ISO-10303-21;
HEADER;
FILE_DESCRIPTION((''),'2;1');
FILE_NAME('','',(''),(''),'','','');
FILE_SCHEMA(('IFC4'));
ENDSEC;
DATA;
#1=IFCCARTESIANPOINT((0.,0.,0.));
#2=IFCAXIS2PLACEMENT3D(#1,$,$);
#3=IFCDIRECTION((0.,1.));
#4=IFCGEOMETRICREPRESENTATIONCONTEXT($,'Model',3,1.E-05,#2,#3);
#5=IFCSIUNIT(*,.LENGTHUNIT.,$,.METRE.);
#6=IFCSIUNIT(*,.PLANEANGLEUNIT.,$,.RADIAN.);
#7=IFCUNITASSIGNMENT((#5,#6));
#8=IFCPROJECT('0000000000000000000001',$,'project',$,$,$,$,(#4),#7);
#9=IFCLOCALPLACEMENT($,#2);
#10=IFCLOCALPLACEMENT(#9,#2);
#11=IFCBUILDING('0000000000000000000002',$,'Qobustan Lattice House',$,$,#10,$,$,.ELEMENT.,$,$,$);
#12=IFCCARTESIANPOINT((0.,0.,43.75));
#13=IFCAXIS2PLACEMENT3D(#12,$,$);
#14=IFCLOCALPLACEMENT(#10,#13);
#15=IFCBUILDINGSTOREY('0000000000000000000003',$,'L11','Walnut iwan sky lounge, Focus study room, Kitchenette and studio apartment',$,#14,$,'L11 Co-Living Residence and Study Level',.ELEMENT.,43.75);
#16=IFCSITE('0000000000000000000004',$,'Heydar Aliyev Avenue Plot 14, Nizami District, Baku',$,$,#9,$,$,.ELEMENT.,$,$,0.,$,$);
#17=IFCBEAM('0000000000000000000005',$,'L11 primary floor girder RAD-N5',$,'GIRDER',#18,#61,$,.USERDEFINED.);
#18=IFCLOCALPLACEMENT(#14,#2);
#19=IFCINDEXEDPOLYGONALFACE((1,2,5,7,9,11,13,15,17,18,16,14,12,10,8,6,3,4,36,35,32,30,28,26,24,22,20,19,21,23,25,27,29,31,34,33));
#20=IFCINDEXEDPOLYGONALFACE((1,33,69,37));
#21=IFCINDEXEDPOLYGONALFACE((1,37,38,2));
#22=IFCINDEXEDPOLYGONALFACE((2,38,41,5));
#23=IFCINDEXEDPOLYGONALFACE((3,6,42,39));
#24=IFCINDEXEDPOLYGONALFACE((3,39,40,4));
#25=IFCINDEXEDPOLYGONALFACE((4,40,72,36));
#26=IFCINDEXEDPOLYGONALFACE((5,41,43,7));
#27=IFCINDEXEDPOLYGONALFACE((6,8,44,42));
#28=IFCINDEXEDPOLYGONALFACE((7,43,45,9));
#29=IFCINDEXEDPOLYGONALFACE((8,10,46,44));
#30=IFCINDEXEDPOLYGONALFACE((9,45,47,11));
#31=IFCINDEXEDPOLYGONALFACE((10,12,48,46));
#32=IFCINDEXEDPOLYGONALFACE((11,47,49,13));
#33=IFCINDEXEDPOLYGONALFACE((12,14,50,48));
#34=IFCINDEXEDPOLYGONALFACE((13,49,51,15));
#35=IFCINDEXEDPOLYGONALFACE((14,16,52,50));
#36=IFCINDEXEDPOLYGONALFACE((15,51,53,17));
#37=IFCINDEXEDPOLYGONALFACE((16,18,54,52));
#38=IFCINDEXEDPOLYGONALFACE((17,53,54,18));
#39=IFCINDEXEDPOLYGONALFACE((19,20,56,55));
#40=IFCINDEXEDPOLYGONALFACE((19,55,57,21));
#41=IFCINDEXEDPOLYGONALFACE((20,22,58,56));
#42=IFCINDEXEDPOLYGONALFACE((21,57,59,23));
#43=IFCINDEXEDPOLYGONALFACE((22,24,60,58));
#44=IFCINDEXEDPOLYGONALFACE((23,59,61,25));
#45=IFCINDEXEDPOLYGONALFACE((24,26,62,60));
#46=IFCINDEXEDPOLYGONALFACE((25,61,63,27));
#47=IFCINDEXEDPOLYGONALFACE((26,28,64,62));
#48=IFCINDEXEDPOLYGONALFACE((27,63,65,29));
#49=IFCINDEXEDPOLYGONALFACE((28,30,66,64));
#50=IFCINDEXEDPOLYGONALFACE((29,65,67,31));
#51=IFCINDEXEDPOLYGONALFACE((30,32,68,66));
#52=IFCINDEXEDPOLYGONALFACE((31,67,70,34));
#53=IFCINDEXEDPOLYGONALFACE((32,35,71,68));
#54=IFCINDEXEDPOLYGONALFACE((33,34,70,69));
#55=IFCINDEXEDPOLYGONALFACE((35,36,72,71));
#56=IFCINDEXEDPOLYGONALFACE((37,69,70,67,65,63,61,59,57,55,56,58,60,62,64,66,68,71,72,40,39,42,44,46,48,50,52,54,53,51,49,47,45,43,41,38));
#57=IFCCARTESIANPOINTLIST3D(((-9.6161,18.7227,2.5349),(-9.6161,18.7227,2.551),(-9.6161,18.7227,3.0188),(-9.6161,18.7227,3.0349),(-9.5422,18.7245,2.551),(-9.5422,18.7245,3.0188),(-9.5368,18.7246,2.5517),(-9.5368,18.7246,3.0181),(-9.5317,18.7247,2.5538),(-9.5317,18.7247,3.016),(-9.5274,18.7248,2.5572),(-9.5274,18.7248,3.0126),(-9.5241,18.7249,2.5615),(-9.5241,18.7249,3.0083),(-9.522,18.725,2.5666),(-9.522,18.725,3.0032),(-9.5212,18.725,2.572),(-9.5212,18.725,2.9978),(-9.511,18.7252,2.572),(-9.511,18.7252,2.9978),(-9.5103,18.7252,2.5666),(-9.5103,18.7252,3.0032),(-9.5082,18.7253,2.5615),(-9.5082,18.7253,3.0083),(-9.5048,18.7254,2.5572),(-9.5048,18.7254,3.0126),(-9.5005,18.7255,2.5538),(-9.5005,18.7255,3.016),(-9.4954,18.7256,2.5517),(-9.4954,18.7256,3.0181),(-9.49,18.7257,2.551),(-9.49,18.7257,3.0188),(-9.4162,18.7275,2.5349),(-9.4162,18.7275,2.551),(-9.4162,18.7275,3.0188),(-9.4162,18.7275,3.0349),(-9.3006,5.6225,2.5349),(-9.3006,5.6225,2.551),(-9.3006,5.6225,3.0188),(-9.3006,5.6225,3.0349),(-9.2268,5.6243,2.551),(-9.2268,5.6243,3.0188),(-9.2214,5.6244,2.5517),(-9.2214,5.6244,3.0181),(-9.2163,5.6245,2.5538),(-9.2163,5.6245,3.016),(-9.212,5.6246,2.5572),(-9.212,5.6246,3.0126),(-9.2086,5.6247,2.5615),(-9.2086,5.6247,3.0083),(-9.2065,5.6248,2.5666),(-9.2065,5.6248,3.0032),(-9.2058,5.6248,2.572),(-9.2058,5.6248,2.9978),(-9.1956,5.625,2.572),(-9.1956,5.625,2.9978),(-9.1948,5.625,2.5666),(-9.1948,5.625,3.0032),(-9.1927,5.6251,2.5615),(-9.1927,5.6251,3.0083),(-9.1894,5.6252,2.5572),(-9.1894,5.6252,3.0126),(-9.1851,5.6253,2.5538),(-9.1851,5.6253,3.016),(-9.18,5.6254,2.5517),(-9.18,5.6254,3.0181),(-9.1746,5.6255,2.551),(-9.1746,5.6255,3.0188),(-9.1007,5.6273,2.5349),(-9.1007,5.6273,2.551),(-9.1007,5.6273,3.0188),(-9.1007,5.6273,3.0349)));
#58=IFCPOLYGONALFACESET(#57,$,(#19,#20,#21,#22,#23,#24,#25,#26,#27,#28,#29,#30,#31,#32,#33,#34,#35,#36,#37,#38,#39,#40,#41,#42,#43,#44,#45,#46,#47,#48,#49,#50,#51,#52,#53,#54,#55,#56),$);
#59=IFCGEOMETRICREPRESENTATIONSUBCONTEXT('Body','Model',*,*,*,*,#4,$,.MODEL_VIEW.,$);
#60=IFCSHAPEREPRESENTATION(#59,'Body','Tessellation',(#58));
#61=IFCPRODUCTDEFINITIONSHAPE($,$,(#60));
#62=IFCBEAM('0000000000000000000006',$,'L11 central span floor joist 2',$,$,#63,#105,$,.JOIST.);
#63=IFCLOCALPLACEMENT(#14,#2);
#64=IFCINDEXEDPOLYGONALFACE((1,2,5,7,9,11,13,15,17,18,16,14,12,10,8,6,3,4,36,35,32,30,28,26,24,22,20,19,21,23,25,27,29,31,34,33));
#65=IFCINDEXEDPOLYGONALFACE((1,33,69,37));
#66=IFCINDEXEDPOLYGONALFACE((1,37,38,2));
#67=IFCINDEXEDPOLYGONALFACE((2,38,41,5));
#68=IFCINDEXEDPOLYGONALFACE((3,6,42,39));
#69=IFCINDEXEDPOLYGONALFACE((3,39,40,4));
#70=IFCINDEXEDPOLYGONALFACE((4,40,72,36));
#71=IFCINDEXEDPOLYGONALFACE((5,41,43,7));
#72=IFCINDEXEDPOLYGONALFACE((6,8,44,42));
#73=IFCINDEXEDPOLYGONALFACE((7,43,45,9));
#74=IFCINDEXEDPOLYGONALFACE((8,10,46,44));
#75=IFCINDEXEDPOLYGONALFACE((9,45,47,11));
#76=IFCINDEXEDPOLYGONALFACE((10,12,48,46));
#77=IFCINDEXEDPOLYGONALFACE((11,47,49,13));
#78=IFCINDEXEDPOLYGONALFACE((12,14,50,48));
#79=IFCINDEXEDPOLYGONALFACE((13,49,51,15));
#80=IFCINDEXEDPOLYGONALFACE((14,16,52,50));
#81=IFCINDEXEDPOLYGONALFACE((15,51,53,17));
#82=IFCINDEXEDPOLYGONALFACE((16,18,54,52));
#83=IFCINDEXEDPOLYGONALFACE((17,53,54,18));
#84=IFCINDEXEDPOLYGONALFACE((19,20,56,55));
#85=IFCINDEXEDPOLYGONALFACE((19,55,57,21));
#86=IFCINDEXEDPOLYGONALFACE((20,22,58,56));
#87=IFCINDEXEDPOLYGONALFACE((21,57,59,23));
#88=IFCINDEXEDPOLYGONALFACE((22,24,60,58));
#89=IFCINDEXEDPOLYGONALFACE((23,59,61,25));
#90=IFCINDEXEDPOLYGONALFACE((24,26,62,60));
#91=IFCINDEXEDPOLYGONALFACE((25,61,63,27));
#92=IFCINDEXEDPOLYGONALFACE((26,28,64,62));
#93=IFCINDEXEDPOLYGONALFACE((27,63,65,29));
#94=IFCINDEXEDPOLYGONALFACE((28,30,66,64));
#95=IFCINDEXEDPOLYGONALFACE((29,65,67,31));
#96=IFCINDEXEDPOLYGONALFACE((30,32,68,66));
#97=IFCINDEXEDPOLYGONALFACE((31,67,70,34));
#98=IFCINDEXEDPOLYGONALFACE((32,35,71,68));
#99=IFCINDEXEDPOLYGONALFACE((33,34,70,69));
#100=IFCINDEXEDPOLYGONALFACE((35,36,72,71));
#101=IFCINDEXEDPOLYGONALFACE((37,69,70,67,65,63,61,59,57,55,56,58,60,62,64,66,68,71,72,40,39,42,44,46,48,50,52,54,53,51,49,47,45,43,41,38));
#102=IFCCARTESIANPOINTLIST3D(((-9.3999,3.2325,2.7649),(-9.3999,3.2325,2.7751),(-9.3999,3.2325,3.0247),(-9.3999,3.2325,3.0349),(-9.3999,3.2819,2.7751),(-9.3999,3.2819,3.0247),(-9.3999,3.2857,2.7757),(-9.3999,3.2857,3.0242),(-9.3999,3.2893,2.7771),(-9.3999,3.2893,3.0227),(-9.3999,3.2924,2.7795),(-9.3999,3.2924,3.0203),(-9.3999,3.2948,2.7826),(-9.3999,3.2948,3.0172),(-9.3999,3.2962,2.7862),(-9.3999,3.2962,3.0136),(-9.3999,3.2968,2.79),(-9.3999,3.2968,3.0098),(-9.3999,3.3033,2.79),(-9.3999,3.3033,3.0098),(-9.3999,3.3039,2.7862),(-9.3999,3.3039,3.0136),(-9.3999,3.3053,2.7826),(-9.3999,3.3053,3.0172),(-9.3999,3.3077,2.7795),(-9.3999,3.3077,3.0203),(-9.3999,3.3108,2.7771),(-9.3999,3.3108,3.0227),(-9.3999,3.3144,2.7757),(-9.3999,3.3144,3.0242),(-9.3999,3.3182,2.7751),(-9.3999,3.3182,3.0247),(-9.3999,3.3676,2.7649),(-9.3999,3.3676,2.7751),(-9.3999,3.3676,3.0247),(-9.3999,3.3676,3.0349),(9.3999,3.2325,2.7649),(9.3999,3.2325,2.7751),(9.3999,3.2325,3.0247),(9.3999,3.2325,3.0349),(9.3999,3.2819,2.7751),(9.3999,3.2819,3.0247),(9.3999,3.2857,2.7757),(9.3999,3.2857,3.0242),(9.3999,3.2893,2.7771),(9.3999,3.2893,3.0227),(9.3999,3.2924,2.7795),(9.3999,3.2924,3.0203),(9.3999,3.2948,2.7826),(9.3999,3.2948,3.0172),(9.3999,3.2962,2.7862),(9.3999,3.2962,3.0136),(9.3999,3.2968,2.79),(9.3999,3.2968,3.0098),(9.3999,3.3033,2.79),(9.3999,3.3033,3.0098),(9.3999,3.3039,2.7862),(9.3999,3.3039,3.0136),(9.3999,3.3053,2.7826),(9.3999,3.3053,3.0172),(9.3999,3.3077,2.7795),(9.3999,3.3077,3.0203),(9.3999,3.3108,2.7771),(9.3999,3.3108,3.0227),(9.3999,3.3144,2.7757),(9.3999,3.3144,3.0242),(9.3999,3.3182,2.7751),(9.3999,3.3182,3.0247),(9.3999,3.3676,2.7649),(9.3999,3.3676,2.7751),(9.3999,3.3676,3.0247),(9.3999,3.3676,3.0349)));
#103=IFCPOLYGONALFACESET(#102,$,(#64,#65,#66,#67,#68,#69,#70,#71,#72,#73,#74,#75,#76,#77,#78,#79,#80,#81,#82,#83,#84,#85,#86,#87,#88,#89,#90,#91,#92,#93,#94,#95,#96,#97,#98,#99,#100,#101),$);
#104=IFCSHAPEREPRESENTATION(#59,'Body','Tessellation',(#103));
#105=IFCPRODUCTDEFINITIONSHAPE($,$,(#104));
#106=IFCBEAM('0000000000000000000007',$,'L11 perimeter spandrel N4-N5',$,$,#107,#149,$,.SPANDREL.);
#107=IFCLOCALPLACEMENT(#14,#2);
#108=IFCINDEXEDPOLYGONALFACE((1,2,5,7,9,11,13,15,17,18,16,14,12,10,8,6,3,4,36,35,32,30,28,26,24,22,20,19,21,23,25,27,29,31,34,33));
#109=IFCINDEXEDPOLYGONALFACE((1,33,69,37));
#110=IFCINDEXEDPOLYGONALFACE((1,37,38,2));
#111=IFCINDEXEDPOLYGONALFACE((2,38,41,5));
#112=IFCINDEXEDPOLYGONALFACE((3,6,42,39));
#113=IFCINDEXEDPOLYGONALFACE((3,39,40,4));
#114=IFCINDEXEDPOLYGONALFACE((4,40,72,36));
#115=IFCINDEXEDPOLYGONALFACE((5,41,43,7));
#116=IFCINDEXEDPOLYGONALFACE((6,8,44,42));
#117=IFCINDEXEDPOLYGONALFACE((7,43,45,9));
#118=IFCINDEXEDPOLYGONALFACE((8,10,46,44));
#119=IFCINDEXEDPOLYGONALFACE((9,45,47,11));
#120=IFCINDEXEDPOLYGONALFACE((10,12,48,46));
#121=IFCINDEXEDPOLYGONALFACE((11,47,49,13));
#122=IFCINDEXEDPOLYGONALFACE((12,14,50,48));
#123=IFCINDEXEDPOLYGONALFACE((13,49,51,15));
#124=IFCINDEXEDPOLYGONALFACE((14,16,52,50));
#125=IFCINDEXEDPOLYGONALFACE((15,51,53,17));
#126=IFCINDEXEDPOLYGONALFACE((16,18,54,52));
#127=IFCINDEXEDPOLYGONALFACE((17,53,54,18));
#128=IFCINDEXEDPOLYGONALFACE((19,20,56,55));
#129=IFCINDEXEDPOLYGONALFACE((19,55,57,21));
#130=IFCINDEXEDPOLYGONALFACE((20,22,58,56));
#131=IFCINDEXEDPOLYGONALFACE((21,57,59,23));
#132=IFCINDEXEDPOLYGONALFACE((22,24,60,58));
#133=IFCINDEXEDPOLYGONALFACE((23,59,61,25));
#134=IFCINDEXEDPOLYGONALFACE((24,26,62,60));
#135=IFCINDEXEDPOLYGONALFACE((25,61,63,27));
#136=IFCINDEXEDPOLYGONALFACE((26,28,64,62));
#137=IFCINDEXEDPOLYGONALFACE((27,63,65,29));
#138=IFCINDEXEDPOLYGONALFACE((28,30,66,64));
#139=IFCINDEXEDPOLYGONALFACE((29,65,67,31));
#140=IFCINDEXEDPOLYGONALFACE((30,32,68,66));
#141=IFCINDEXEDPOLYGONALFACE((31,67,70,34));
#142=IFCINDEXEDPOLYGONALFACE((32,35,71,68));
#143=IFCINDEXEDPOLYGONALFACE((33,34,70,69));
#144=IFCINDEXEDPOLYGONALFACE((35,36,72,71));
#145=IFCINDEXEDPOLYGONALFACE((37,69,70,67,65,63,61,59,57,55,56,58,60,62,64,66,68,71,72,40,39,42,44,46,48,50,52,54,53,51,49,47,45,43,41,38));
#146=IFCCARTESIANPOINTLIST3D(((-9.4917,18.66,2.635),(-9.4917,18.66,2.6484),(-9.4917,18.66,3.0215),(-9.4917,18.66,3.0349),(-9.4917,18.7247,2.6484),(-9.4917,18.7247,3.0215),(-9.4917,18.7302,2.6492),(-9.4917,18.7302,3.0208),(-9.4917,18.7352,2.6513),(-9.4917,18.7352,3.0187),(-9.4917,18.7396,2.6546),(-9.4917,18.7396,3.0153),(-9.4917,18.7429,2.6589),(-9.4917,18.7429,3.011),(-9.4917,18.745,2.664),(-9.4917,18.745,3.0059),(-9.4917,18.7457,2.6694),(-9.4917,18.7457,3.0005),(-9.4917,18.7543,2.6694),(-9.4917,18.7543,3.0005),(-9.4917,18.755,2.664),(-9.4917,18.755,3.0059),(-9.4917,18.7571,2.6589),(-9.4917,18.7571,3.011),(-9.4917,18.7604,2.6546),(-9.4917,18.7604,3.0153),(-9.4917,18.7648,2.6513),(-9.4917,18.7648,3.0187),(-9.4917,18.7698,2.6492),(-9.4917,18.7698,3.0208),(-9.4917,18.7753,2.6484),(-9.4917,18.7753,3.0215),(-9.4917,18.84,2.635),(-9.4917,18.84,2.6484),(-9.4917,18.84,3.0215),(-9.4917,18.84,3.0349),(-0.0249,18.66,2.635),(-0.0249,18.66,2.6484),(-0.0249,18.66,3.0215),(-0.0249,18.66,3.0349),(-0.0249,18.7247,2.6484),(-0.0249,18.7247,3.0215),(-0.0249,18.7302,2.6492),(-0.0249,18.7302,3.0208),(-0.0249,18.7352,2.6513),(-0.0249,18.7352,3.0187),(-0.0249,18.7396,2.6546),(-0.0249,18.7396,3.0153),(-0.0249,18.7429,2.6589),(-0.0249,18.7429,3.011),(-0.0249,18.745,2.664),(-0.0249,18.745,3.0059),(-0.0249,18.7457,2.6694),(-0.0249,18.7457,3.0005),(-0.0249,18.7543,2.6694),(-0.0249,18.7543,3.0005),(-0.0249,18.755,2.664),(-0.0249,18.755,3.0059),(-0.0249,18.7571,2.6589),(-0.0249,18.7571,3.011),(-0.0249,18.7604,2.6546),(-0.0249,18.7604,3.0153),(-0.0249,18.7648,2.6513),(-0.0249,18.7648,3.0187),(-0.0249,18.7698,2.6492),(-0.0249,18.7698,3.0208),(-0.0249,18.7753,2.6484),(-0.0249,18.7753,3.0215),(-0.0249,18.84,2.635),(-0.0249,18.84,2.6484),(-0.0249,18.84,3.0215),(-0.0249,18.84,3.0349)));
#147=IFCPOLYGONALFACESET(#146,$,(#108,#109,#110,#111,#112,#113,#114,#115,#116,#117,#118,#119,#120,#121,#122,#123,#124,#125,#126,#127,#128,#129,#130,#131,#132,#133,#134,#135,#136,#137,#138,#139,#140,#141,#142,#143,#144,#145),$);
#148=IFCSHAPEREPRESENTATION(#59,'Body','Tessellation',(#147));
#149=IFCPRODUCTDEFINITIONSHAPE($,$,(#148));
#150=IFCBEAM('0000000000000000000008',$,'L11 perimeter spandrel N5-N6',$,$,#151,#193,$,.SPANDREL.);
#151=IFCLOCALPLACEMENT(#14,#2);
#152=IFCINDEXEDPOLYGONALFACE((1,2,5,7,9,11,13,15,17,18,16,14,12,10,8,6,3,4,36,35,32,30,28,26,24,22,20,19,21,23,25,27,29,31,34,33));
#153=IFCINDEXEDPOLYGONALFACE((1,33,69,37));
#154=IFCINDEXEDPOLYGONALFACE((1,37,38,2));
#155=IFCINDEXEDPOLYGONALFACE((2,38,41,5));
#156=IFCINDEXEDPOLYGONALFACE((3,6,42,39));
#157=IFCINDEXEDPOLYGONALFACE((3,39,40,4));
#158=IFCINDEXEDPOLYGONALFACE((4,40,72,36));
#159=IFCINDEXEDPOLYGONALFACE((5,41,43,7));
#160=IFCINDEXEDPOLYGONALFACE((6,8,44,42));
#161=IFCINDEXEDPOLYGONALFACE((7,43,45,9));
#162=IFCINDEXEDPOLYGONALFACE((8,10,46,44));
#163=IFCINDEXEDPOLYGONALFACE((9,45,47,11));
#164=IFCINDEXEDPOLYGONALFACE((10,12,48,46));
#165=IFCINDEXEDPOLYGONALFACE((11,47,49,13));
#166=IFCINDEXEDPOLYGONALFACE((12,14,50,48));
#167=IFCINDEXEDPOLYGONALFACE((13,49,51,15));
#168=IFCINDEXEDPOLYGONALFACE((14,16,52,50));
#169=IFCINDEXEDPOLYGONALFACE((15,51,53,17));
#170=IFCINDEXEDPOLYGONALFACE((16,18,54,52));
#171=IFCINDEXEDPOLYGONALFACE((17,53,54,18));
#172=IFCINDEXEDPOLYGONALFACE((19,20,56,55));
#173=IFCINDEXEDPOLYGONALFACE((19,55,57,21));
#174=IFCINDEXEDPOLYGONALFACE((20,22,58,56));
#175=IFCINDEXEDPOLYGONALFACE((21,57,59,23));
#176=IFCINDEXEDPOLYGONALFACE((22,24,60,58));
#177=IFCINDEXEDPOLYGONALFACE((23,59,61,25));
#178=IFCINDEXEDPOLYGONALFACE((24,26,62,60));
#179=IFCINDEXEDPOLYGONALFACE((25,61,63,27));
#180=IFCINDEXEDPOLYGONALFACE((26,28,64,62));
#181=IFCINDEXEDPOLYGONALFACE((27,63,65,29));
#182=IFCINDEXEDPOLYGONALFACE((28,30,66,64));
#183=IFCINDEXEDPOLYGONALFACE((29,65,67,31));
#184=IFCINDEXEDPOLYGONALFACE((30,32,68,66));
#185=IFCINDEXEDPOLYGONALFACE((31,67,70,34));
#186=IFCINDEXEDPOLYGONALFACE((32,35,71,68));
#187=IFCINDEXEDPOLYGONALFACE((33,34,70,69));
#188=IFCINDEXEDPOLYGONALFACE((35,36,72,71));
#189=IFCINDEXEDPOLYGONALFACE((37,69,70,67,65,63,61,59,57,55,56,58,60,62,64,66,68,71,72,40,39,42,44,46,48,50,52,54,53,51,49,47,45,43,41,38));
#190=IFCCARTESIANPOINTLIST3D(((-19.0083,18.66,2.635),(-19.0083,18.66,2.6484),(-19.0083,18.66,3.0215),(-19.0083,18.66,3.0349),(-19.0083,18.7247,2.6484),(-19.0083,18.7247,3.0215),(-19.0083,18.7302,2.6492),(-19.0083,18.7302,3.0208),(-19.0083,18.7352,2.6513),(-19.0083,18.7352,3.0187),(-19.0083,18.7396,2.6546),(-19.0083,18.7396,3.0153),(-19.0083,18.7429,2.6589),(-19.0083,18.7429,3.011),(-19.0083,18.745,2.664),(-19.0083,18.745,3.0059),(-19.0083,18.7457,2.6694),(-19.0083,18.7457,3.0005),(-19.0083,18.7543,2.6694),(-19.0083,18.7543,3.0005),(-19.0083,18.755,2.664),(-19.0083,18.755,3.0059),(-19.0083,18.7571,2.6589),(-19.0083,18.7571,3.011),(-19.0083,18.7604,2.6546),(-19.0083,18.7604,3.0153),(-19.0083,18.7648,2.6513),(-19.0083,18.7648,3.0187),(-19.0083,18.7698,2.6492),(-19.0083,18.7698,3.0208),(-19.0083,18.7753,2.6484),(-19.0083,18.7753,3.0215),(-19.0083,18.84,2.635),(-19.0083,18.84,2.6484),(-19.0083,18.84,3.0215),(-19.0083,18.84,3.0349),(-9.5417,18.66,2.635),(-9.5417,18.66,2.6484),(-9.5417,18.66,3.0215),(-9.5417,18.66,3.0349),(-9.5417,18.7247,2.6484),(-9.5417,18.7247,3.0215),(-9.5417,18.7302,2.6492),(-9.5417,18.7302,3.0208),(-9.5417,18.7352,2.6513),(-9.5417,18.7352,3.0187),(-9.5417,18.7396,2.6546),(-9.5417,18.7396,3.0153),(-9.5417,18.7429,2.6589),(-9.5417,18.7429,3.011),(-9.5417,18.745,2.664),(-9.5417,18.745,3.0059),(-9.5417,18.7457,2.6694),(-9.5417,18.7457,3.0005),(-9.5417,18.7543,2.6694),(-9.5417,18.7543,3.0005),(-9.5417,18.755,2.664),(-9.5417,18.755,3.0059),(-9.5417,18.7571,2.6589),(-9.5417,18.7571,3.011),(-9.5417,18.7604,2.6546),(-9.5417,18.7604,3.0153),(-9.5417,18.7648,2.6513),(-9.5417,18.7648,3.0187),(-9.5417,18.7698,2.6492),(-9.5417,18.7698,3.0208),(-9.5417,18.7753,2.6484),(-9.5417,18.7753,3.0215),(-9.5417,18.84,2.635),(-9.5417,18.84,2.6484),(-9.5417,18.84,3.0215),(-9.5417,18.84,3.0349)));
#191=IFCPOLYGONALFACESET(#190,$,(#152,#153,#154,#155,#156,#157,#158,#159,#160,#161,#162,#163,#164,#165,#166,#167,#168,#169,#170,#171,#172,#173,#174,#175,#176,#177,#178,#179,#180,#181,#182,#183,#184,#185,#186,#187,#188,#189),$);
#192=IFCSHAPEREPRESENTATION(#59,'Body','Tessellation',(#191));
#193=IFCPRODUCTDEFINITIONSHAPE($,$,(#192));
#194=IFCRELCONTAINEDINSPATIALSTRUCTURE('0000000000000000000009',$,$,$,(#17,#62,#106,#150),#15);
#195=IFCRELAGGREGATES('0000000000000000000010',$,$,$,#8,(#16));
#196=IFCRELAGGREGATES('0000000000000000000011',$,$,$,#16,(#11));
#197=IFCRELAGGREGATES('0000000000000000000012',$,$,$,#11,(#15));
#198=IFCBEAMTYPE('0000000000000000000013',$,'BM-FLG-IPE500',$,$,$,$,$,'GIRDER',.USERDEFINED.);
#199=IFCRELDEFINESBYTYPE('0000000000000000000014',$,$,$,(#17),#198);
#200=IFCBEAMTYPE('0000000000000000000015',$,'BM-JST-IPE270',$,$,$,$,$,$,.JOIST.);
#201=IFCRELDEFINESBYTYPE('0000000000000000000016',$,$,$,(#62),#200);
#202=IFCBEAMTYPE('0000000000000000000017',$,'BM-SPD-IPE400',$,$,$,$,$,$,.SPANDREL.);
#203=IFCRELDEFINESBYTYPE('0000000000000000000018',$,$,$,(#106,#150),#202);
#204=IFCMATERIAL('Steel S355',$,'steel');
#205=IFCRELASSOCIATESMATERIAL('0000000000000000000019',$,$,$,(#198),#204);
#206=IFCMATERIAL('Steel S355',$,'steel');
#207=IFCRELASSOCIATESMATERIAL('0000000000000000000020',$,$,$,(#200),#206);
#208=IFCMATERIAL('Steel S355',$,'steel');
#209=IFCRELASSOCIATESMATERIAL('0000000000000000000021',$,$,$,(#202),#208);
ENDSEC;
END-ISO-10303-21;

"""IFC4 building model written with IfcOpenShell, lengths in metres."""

from ifc_helpers import new_model, si_unit, direction, frame, origin, origin_2d, place, context, subcontext, project, spatial, i_section, extrude, material, material_profile, profile_set, type_object, element, save


model = new_model("IFC4")

# Units and contexts
model_context = context("Model", 3, precision=1e-05, world=origin(), true_north=direction((0.0, 1.0)))
body_context = subcontext(model_context, "Body", "Model", "MODEL_VIEW")
ifc_project = project(units=[si_unit("LENGTHUNIT", "METRE"), si_unit("PLANEANGLEUNIT", "RADIAN")], contexts=[model_context])

# Site, building, storey
site_placement = place(None, origin())
site = spatial("IfcSite", under=ifc_project, at=site_placement, Name="Heydar Aliyev Avenue Plot 14, Nizami District, Baku", CompositionType="ELEMENT", RefElevation=0.0)
building_placement = place(site_placement, origin())
building = spatial("IfcBuilding", under=site, at=building_placement, Name="Qobustan Lattice House", CompositionType="ELEMENT")
storey_placement = place(building_placement, frame((0.0, 0.0, 43.75)))
storey = spatial("IfcBuildingStorey", under=building, at=storey_placement, Name="L11", Description="Walnut iwan sky lounge, Focus study room, Kitchenette and studio apartment", LongName="L11 Co-Living Residence and Study Level", CompositionType="ELEMENT", Elevation=43.75)

# Beams
ifc_material_1 = material(Name="Steel S355", Category="steel")
ifc_material_profile_1 = material_profile(ifc_material_1, i_section(OverallWidth=0.2, OverallDepth=0.5, WebThickness=0.0103, FlangeThickness=0.0161, FilletRadius=0.021, at=origin_2d()), Name="IPE500")
ifc_profile_set_1 = profile_set([ifc_material_profile_1], Name="Steel S355")
beam_type_1 = type_object("IfcBeamType", Name="BM-FLG-IPE500", ElementType="GIRDER", PredefinedType="USERDEFINED", material=ifc_profile_set_1)
beam_1_placement = place(storey_placement, frame((-9.5161, 18.7251, 2.7849), z_axis=(0.024071, -0.99971, 0.0), x_axis=(0.99971, 0.024071, 0.0)))
element("IfcBeam", 1, at=beam_1_placement, inside=storey, type_object=beam_type_1, Name="L11 primary floor girder RAD-N5", ObjectType="GIRDER", PredefinedType="USERDEFINED", context=body_context, shape_type="SweptSolid", body=[
    extrude(i_section(OverallWidth=0.2, OverallDepth=0.5, WebThickness=0.0103, FlangeThickness=0.0161, FilletRadius=0.021, at=origin_2d()), origin(), (0.0, 0.0, 1.0), 13.104),
])
ifc_material_2 = material(Name="Steel S355", Category="steel")
ifc_material_profile_2 = material_profile(ifc_material_2, i_section(OverallWidth=0.135, OverallDepth=0.27, WebThickness=0.0066, FlangeThickness=0.0103, FilletRadius=0.0149, at=origin_2d()), Name="IPE270")
ifc_profile_set_2 = profile_set([ifc_material_profile_2], Name="Steel S355")
beam_type_2 = type_object("IfcBeamType", Name="BM-JST-IPE270", PredefinedType="JOIST", material=ifc_profile_set_2)
beam_2_placement = place(storey_placement, frame((-9.3999, 3.3, 2.8999), z_axis=(1.0, 0.0, 0.0), x_axis=(0.0, 1.0, 0.0)))
element("IfcBeam", 2, at=beam_2_placement, inside=storey, type_object=beam_type_2, Name="L11 central span floor joist 2", PredefinedType="JOIST", context=body_context, shape_type="SweptSolid", body=[
    extrude(i_section(OverallWidth=0.135, OverallDepth=0.27, WebThickness=0.0066, FlangeThickness=0.0103, FilletRadius=0.0149, at=origin_2d()), origin(), (0.0, 0.0, 1.0), 18.7998),
])
ifc_material_3 = material(Name="Steel S355", Category="steel")
ifc_material_profile_3 = material_profile(ifc_material_3, i_section(OverallWidth=0.1799, OverallDepth=0.3999, WebThickness=0.0085, FlangeThickness=0.0134, FilletRadius=0.021, at=origin_2d()), Name="IPE400")
ifc_profile_set_3 = profile_set([ifc_material_profile_3], Name="Steel S355")
beam_type_3 = type_object("IfcBeamType", Name="BM-SPD-IPE400", PredefinedType="SPANDREL", material=ifc_profile_set_3)
beam_3_placement = place(storey_placement, frame((-0.0249, 18.75, 2.835), z_axis=(-1.0, 0.0, 0.0), x_axis=(0.0, -1.0, 0.0)))
element("IfcBeam", 3, at=beam_3_placement, inside=storey, type_object=beam_type_3, Name="L11 perimeter spandrel N4-N5", PredefinedType="SPANDREL", context=body_context, shape_type="SweptSolid", body=[
    extrude(i_section(OverallWidth=0.1799, OverallDepth=0.3999, WebThickness=0.0085, FlangeThickness=0.0134, FilletRadius=0.021, at=origin_2d()), origin(), (0.0, 0.0, 1.0), 9.4668),
])
beam_4_placement = place(storey_placement, frame((-9.5417, 18.75, 2.835), z_axis=(-1.0, 0.0, 0.0), x_axis=(0.0, -1.0, 0.0)))
element("IfcBeam", 4, at=beam_4_placement, inside=storey, type_object=beam_type_3, Name="L11 perimeter spandrel N5-N6", PredefinedType="SPANDREL", context=body_context, shape_type="SweptSolid", body=[
    extrude(i_section(OverallWidth=0.1799, OverallDepth=0.3999, WebThickness=0.0085, FlangeThickness=0.0134, FilletRadius=0.021, at=origin_2d()), origin(), (0.0, 0.0, 1.0), 9.4666),
])

save(model, "model.ifc")
